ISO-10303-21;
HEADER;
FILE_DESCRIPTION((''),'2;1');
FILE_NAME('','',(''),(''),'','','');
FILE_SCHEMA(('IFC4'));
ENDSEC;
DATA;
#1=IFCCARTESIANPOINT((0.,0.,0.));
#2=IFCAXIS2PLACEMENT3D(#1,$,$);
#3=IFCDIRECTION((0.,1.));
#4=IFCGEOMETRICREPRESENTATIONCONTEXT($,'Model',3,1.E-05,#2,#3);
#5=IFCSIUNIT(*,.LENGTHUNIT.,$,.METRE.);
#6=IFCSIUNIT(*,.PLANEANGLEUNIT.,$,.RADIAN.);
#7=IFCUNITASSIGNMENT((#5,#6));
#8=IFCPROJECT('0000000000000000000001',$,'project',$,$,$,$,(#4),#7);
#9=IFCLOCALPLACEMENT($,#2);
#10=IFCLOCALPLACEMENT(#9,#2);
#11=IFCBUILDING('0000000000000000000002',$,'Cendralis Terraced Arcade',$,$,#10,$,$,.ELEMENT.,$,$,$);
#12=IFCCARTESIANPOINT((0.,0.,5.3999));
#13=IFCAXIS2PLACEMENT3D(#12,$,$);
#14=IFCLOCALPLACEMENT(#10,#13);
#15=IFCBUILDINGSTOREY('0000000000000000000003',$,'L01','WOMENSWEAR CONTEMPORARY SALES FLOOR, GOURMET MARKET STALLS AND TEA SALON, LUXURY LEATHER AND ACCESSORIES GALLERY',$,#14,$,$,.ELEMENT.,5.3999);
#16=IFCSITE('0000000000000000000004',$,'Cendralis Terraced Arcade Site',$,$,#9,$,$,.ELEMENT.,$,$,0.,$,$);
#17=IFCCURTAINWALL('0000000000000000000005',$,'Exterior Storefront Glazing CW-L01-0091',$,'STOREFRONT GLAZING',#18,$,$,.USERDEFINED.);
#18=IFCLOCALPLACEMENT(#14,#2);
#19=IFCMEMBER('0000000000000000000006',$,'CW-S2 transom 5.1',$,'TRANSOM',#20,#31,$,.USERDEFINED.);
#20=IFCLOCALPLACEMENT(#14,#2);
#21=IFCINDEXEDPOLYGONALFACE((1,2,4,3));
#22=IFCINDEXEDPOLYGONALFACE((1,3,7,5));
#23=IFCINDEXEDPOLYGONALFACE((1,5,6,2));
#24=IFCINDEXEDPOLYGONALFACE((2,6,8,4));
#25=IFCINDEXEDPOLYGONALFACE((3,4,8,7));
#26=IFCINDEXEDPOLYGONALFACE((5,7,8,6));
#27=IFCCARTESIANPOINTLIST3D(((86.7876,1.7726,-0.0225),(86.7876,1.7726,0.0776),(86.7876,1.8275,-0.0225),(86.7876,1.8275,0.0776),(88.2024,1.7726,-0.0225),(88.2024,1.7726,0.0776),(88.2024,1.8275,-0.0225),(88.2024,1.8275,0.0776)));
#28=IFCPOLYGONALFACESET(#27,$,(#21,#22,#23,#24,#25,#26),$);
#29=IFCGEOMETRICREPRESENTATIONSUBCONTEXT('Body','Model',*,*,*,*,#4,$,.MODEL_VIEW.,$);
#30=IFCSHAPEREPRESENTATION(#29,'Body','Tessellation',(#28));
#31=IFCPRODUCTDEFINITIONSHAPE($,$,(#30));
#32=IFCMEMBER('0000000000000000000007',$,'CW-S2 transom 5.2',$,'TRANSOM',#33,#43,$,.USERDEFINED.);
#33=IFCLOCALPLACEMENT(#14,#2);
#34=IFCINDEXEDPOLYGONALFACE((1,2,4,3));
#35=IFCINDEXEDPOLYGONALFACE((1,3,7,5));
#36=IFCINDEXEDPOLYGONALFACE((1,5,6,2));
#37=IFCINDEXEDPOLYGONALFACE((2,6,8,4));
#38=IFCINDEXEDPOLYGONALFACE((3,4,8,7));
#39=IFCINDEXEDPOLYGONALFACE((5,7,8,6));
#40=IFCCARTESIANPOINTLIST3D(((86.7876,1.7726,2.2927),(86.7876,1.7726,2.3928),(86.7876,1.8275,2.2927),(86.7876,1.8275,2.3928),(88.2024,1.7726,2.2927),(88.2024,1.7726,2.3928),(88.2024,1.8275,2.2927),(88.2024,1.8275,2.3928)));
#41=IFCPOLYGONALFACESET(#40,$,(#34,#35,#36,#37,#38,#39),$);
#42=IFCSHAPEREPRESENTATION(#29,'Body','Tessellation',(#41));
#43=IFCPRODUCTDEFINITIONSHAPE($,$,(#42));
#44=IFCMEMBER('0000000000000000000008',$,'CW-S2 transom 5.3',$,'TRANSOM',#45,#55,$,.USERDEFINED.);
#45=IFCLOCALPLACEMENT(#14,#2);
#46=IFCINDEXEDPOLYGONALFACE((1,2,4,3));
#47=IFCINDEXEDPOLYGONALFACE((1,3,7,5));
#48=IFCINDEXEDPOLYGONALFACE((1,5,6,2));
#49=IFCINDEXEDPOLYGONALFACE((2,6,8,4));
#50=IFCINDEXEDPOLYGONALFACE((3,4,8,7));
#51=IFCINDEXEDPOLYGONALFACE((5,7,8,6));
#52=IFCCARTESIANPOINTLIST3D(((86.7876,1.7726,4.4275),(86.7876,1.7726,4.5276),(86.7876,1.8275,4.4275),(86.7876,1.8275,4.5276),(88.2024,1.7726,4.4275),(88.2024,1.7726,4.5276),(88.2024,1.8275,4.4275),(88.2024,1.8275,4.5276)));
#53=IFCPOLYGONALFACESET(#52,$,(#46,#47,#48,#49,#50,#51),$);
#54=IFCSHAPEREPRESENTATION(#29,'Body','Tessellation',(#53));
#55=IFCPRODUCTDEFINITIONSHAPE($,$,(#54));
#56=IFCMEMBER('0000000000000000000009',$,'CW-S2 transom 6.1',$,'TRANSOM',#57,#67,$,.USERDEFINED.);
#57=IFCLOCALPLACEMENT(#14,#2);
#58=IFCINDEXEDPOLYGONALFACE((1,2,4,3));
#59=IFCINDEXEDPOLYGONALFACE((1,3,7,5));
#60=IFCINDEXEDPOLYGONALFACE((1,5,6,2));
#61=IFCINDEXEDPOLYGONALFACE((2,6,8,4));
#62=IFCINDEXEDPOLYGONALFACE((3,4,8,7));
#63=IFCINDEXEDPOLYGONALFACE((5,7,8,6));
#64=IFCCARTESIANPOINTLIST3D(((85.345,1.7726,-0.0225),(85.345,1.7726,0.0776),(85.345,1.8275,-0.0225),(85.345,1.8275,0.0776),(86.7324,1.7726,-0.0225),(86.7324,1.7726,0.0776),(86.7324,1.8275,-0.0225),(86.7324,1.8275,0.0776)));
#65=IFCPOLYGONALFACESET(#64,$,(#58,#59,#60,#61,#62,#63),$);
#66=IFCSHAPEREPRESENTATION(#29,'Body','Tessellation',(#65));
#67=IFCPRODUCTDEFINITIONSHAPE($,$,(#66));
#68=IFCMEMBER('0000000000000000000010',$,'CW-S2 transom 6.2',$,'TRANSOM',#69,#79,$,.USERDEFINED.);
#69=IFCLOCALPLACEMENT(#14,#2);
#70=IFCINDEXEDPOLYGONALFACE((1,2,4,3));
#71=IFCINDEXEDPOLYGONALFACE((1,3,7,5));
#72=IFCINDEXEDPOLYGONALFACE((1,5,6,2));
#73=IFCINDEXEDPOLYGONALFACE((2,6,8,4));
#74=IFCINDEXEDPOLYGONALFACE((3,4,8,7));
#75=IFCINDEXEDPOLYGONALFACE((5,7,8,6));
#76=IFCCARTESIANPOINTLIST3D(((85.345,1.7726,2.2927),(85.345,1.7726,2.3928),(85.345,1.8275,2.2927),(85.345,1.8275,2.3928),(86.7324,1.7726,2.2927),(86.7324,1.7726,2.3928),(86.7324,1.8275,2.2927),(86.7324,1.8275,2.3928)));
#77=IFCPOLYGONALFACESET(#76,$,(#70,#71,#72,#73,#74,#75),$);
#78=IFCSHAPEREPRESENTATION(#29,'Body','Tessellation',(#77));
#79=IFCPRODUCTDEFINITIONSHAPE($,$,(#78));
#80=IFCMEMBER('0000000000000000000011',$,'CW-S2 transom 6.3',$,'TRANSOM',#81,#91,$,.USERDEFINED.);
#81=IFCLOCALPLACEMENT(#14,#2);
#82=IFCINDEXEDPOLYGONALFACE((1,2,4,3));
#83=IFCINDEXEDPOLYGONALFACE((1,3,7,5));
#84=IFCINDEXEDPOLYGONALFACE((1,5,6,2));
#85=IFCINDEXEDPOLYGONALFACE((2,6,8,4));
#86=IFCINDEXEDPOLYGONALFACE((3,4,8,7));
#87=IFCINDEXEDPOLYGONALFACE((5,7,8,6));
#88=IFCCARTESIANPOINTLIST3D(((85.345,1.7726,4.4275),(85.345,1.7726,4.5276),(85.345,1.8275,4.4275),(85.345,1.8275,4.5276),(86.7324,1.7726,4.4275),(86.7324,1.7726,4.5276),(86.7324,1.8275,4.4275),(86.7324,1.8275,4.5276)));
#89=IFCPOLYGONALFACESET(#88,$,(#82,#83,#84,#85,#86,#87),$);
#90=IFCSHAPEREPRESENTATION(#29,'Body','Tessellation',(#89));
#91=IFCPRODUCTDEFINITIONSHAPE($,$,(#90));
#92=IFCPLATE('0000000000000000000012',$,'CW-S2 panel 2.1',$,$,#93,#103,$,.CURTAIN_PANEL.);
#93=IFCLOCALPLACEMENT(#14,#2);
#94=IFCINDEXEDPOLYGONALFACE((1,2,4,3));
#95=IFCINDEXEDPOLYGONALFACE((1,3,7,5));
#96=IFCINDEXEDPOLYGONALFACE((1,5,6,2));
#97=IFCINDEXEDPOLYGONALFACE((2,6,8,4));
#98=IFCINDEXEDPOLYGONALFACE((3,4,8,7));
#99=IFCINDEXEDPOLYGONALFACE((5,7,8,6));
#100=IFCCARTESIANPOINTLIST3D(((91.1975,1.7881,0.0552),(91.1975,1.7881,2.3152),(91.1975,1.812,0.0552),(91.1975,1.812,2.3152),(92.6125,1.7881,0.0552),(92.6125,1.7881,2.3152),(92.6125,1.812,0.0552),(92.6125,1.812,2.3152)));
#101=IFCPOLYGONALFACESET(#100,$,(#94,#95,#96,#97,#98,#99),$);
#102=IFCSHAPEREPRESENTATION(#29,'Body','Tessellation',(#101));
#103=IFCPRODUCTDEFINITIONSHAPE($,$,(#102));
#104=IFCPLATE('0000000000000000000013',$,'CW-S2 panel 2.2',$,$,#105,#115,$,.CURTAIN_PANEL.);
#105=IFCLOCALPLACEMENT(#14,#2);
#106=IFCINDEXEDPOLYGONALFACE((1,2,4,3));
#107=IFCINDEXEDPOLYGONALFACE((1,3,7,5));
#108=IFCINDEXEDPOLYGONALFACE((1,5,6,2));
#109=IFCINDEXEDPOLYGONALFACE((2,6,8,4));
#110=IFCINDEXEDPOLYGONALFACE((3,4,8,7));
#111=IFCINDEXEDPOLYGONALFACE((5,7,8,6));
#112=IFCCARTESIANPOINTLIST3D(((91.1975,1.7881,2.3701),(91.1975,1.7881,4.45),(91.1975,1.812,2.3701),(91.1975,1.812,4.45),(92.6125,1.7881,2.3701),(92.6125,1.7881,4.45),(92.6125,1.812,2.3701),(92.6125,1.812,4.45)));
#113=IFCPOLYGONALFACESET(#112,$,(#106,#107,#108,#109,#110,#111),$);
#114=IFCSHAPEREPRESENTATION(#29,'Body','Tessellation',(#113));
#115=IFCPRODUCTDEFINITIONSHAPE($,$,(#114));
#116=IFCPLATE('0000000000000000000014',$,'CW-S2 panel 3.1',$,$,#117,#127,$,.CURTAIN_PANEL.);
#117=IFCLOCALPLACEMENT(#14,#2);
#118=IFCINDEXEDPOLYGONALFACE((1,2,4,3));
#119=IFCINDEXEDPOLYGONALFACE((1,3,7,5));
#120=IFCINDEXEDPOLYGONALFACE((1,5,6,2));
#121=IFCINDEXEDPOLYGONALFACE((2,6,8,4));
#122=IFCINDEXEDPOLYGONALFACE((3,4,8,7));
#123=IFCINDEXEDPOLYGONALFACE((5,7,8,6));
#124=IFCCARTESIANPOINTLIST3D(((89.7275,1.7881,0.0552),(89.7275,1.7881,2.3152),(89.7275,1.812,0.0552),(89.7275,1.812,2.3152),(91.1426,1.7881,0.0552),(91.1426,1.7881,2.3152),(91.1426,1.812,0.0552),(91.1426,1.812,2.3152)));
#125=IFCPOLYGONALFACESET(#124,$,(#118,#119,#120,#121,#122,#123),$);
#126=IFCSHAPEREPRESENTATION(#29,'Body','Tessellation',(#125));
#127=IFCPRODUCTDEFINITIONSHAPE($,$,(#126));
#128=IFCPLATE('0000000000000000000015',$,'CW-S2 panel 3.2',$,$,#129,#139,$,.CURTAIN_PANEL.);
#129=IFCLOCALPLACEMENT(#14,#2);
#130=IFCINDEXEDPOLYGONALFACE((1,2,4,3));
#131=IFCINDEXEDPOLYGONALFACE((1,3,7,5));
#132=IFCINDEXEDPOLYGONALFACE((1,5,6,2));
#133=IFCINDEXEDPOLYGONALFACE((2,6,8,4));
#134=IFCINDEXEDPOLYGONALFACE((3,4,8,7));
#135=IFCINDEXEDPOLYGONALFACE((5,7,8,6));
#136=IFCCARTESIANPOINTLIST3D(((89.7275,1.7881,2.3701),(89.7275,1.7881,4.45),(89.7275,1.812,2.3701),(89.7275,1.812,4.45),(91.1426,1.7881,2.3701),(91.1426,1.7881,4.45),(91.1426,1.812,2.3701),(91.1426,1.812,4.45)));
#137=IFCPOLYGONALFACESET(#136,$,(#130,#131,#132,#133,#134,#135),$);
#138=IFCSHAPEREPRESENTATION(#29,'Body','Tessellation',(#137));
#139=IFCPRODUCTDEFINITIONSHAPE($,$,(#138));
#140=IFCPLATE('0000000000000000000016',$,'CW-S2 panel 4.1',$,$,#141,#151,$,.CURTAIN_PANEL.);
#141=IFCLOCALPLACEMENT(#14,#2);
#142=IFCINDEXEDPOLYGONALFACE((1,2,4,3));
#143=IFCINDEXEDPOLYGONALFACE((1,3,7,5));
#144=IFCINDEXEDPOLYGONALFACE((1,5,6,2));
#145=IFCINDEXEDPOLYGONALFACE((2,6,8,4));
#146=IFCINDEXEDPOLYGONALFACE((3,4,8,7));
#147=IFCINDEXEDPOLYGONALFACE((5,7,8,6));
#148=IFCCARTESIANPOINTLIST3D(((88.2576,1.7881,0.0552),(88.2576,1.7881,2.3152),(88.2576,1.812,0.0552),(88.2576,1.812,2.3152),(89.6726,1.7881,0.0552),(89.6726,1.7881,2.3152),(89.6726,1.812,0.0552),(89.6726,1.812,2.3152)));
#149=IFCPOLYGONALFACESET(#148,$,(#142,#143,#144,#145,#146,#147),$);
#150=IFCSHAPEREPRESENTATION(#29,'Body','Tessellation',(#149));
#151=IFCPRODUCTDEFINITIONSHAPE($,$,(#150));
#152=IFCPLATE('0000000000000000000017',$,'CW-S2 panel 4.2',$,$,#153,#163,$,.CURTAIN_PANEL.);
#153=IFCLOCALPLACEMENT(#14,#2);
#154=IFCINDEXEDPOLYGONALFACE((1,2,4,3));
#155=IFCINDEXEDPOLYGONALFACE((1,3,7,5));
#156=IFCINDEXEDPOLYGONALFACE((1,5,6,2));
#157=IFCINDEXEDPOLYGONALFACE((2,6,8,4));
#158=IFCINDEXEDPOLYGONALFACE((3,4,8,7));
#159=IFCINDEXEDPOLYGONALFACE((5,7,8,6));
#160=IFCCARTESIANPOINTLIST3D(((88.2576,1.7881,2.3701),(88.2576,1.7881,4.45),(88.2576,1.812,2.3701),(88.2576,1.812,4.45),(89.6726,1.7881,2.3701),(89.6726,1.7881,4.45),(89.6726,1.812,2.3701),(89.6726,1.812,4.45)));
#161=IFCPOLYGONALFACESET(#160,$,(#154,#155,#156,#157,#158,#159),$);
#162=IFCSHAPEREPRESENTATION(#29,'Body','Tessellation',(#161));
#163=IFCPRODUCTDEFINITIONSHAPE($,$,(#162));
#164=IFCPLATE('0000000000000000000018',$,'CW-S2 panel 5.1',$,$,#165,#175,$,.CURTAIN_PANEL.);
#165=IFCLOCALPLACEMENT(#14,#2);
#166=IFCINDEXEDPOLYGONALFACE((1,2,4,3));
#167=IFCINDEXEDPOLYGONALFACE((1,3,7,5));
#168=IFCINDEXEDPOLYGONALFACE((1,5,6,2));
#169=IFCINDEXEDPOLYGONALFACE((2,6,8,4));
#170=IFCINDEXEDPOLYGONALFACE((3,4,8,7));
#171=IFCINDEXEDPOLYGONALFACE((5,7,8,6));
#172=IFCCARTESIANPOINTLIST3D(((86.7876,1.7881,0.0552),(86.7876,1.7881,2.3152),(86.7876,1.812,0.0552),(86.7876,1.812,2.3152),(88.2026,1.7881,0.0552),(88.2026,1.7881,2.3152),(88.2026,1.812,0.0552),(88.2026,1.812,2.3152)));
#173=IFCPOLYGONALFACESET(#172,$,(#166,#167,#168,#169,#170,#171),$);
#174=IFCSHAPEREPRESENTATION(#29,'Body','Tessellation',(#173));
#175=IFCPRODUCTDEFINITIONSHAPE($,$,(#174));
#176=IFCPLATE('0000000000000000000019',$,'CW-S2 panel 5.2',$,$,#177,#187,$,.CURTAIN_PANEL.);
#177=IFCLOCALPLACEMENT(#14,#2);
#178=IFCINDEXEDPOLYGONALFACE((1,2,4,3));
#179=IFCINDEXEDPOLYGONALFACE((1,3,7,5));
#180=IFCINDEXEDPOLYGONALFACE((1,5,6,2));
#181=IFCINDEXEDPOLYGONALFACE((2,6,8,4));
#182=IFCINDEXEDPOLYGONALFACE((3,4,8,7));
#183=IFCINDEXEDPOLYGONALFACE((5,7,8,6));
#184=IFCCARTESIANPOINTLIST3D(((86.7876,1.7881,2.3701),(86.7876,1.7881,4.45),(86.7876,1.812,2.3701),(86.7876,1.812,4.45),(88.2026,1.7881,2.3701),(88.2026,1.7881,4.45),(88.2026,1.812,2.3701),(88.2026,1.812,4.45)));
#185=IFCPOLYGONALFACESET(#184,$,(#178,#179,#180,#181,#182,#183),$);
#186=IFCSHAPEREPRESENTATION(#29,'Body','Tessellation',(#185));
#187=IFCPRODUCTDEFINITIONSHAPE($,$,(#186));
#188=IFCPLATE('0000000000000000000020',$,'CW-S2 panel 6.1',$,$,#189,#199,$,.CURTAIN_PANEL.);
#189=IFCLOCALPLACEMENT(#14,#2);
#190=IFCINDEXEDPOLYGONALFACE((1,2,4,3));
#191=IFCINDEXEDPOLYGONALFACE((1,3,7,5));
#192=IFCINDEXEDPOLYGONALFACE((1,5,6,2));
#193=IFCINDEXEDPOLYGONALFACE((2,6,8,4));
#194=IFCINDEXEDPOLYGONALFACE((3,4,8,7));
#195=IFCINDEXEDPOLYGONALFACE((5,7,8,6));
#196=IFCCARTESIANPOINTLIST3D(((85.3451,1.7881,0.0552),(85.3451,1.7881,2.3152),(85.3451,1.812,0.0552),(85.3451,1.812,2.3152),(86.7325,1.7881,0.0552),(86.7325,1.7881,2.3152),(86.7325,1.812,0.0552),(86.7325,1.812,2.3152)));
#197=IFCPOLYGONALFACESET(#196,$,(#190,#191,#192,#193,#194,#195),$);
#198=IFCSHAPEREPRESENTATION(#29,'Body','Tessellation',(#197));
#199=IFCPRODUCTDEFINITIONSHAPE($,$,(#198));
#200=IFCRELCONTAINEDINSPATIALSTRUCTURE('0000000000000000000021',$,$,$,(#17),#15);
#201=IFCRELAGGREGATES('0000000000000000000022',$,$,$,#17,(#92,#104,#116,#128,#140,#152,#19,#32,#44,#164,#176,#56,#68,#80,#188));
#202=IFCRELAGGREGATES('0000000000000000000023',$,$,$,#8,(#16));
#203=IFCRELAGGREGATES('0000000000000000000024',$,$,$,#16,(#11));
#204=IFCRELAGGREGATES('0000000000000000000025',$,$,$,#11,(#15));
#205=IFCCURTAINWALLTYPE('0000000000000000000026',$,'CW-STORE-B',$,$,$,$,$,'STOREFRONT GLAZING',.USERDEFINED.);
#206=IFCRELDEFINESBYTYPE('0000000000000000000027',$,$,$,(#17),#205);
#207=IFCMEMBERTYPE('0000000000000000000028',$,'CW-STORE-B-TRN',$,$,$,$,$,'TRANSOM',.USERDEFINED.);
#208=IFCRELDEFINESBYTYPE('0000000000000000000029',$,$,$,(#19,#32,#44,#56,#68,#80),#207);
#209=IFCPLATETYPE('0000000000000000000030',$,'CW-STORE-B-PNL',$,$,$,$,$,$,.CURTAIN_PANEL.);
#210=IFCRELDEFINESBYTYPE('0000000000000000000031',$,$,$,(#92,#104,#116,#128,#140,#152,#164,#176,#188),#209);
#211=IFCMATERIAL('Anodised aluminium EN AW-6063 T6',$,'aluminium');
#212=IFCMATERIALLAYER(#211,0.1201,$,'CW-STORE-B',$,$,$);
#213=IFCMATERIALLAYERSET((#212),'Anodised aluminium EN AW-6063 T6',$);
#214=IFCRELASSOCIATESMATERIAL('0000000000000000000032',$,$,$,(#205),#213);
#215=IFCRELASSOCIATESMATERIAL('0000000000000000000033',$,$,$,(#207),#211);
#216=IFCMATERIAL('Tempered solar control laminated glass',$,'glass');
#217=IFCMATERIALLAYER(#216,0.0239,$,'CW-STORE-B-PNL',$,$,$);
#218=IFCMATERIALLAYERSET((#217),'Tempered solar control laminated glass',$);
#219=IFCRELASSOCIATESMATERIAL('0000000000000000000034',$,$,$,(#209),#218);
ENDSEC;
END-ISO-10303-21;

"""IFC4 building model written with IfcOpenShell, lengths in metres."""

from ifc_helpers import new_model, si_unit, direction, frame, origin, origin_2d, place, context, subcontext, project, spatial, rectangle, extrude, material, layer, layer_set, material_profile, profile_set, type_object, element, aggregate, save


model = new_model("IFC4")

# Units and contexts
model_context = context("Model", 3, precision=1e-05, world=origin(), true_north=direction((0.0, 1.0)))
body_context = subcontext(model_context, "Body", "Model", "MODEL_VIEW")
ifc_project = project(units=[si_unit("LENGTHUNIT", "METRE"), si_unit("PLANEANGLEUNIT", "RADIAN")], contexts=[model_context])

# Site, building, storey
site_placement = place(None, origin())
site = spatial("IfcSite", under=ifc_project, at=site_placement, Name="Cendralis Terraced Arcade Site", CompositionType="ELEMENT", RefElevation=0.0)
building_placement = place(site_placement, origin())
building = spatial("IfcBuilding", under=site, at=building_placement, Name="Cendralis Terraced Arcade", CompositionType="ELEMENT")
storey_placement = place(building_placement, frame((0.0, 0.0, 5.3999)))
storey = spatial("IfcBuildingStorey", under=building, at=storey_placement, Name="L01", Description="WOMENSWEAR CONTEMPORARY SALES FLOOR, GOURMET MARKET STALLS AND TEA SALON, LUXURY LEATHER AND ACCESSORIES GALLERY", CompositionType="ELEMENT", Elevation=5.3999)

# Curtain wall, members, plates
ifc_material_1 = material(Name="Anodised aluminium EN AW-6063 T6", Category="aluminium")
ifc_layer_1 = layer(ifc_material_1, 0.1201, Name="CW-STORE-B")
ifc_layer_set_1 = layer_set([ifc_layer_1], Name="Anodised aluminium EN AW-6063 T6")
curtain_wall_type = type_object("IfcCurtainWallType", Name="CW-STORE-B", ElementType="STOREFRONT GLAZING", PredefinedType="USERDEFINED", material=ifc_layer_set_1)
curtain_wall_placement = place(storey_placement, origin())
curtain_wall = element("IfcCurtainWall", 1, at=curtain_wall_placement, inside=storey, type_object=curtain_wall_type, Name="Exterior Storefront Glazing CW-L01-0091", ObjectType="STOREFRONT GLAZING", PredefinedType="USERDEFINED")
ifc_material_profile_1 = material_profile(ifc_material_1, rectangle(XDim=0.0549, YDim=0.1001, at=origin_2d()), Name="ALU-TRN-55x100")
ifc_profile_set_1 = profile_set([ifc_material_profile_1], Name="Anodised aluminium EN AW-6063 T6")
member_type_1 = type_object("IfcMemberType", Name="CW-STORE-B-TRN", ElementType="TRANSOM", PredefinedType="USERDEFINED", material=ifc_profile_set_1)
member_1_placement = place(storey_placement, frame((88.2024, 1.8, 0.0276), z_axis=(-1.0, 0.0, 0.0), x_axis=(0.0, -1.0, 0.0)))
member_1 = element("IfcMember", 2, at=member_1_placement, type_object=member_type_1, Name="CW-S2 transom 5.1", ObjectType="TRANSOM", PredefinedType="USERDEFINED", context=body_context, shape_type="SweptSolid", body=[
    extrude(rectangle(XDim=0.0549, YDim=0.1001, at=origin_2d()), origin(), (0.0, 0.0, 1.0), 1.4148),
])
member_2_placement = place(storey_placement, frame((88.2024, 1.8, 2.3428), z_axis=(-1.0, 0.0, 0.0), x_axis=(0.0, -1.0, 0.0)))
member_2 = element("IfcMember", 3, at=member_2_placement, type_object=member_type_1, Name="CW-S2 transom 5.2", ObjectType="TRANSOM", PredefinedType="USERDEFINED", context=body_context, shape_type="SweptSolid", body=[
    extrude(rectangle(XDim=0.0549, YDim=0.1001, at=origin_2d()), origin(), (0.0, 0.0, 1.0), 1.4148),
])
member_3_placement = place(storey_placement, frame((88.2024, 1.8, 4.4775), z_axis=(-1.0, 0.0, 0.0), x_axis=(0.0, -1.0, 0.0)))
member_3 = element("IfcMember", 4, at=member_3_placement, type_object=member_type_1, Name="CW-S2 transom 5.3", ObjectType="TRANSOM", PredefinedType="USERDEFINED", context=body_context, shape_type="SweptSolid", body=[
    extrude(rectangle(XDim=0.0549, YDim=0.1001, at=origin_2d()), origin(), (0.0, 0.0, 1.0), 1.4148),
])
member_4_placement = place(storey_placement, frame((86.7324, 1.8, 0.0276), z_axis=(-1.0, 0.0, 0.0), x_axis=(0.0, -1.0, 0.0)))
member_4 = element("IfcMember", 5, at=member_4_placement, type_object=member_type_1, Name="CW-S2 transom 6.1", ObjectType="TRANSOM", PredefinedType="USERDEFINED", context=body_context, shape_type="SweptSolid", body=[
    extrude(rectangle(XDim=0.0549, YDim=0.1001, at=origin_2d()), origin(), (0.0, 0.0, 1.0), 1.3875),
])
member_5_placement = place(storey_placement, frame((86.7324, 1.8, 2.3428), z_axis=(-1.0, 0.0, 0.0), x_axis=(0.0, -1.0, 0.0)))
member_5 = element("IfcMember", 6, at=member_5_placement, type_object=member_type_1, Name="CW-S2 transom 6.2", ObjectType="TRANSOM", PredefinedType="USERDEFINED", context=body_context, shape_type="SweptSolid", body=[
    extrude(rectangle(XDim=0.0549, YDim=0.1001, at=origin_2d()), origin(), (0.0, 0.0, 1.0), 1.3875),
])
member_6_placement = place(storey_placement, frame((86.7324, 1.8, 4.4775), z_axis=(-1.0, 0.0, 0.0), x_axis=(0.0, -1.0, 0.0)))
member_6 = element("IfcMember", 7, at=member_6_placement, type_object=member_type_1, Name="CW-S2 transom 6.3", ObjectType="TRANSOM", PredefinedType="USERDEFINED", context=body_context, shape_type="SweptSolid", body=[
    extrude(rectangle(XDim=0.0549, YDim=0.1001, at=origin_2d()), origin(), (0.0, 0.0, 1.0), 1.3875),
])
ifc_material_2 = material(Name="Tempered solar control laminated glass", Category="glass")
ifc_layer_2 = layer(ifc_material_2, 0.0239, Name="CW-STORE-B-PNL")
ifc_layer_set_2 = layer_set([ifc_layer_2], Name="Tempered solar control laminated glass")
plate_type = type_object("IfcPlateType", Name="CW-STORE-B-PNL", PredefinedType="CURTAIN_PANEL", material=ifc_layer_set_2)
plate_1_placement = place(storey_placement, frame((91.905, 1.8, 0.0552), z_axis=(0.0, 0.0, 1.0), x_axis=(-1.0, 0.0, 0.0)))
plate_1 = element("IfcPlate", 8, at=plate_1_placement, type_object=plate_type, Name="CW-S2 panel 2.1", PredefinedType="CURTAIN_PANEL", context=body_context, shape_type="SweptSolid", body=[
    extrude(rectangle(XDim=1.415, YDim=0.0239, at=origin_2d()), origin(), (0.0, 0.0, 1.0), 2.26),
])
plate_2_placement = place(storey_placement, frame((91.905, 1.8, 2.3701), z_axis=(0.0, 0.0, 1.0), x_axis=(-1.0, 0.0, 0.0)))
plate_2 = element("IfcPlate", 9, at=plate_2_placement, type_object=plate_type, Name="CW-S2 panel 2.2", PredefinedType="CURTAIN_PANEL", context=body_context, shape_type="SweptSolid", body=[
    extrude(rectangle(XDim=1.415, YDim=0.0239, at=origin_2d()), origin(), (0.0, 0.0, 1.0), 2.0798),
])
plate_3_placement = place(storey_placement, frame((90.4351, 1.8, 0.0552), z_axis=(0.0, 0.0, 1.0), x_axis=(-1.0, 0.0, 0.0)))
plate_3 = element("IfcPlate", 10, at=plate_3_placement, type_object=plate_type, Name="CW-S2 panel 3.1", PredefinedType="CURTAIN_PANEL", context=body_context, shape_type="SweptSolid", body=[
    extrude(rectangle(XDim=1.415, YDim=0.0239, at=origin_2d()), origin(), (0.0, 0.0, 1.0), 2.26),
])
plate_4_placement = place(storey_placement, frame((90.4351, 1.8, 2.3701), z_axis=(0.0, 0.0, 1.0), x_axis=(-1.0, 0.0, 0.0)))
plate_4 = element("IfcPlate", 11, at=plate_4_placement, type_object=plate_type, Name="CW-S2 panel 3.2", PredefinedType="CURTAIN_PANEL", context=body_context, shape_type="SweptSolid", body=[
    extrude(rectangle(XDim=1.415, YDim=0.0239, at=origin_2d()), origin(), (0.0, 0.0, 1.0), 2.0798),
])
plate_5_placement = place(storey_placement, frame((88.9651, 1.8, 0.0552), z_axis=(0.0, 0.0, 1.0), x_axis=(-1.0, 0.0, 0.0)))
plate_5 = element("IfcPlate", 12, at=plate_5_placement, type_object=plate_type, Name="CW-S2 panel 4.1", PredefinedType="CURTAIN_PANEL", context=body_context, shape_type="SweptSolid", body=[
    extrude(rectangle(XDim=1.415, YDim=0.0239, at=origin_2d()), origin(), (0.0, 0.0, 1.0), 2.26),
])
plate_6_placement = place(storey_placement, frame((88.9651, 1.8, 2.3701), z_axis=(0.0, 0.0, 1.0), x_axis=(-1.0, 0.0, 0.0)))
plate_6 = element("IfcPlate", 13, at=plate_6_placement, type_object=plate_type, Name="CW-S2 panel 4.2", PredefinedType="CURTAIN_PANEL", context=body_context, shape_type="SweptSolid", body=[
    extrude(rectangle(XDim=1.415, YDim=0.0239, at=origin_2d()), origin(), (0.0, 0.0, 1.0), 2.0798),
])
plate_7_placement = place(storey_placement, frame((87.4951, 1.8, 0.0552), z_axis=(0.0, 0.0, 1.0), x_axis=(-1.0, 0.0, 0.0)))
plate_7 = element("IfcPlate", 14, at=plate_7_placement, type_object=plate_type, Name="CW-S2 panel 5.1", PredefinedType="CURTAIN_PANEL", context=body_context, shape_type="SweptSolid", body=[
    extrude(rectangle(XDim=1.415, YDim=0.0239, at=origin_2d()), origin(), (0.0, 0.0, 1.0), 2.26),
])
plate_8_placement = place(storey_placement, frame((87.4951, 1.8, 2.3701), z_axis=(0.0, 0.0, 1.0), x_axis=(-1.0, 0.0, 0.0)))
plate_8 = element("IfcPlate", 15, at=plate_8_placement, type_object=plate_type, Name="CW-S2 panel 5.2", PredefinedType="CURTAIN_PANEL", context=body_context, shape_type="SweptSolid", body=[
    extrude(rectangle(XDim=1.415, YDim=0.0239, at=origin_2d()), origin(), (0.0, 0.0, 1.0), 2.0798),
])
plate_9_placement = place(storey_placement, frame((86.0388, 1.8, 0.0552), z_axis=(0.0, 0.0, 1.0), x_axis=(-1.0, 0.0, 0.0)))
plate_9 = element("IfcPlate", 16, at=plate_9_placement, type_object=plate_type, Name="CW-S2 panel 6.1", PredefinedType="CURTAIN_PANEL", context=body_context, shape_type="SweptSolid", body=[
    extrude(rectangle(XDim=1.3875, YDim=0.0239, at=origin_2d()), origin(), (0.0, 0.0, 1.0), 2.26),
])
aggregate(curtain_wall, [plate_1, plate_2, plate_3, plate_4, plate_5, plate_6, member_1, member_2, member_3, plate_7, plate_8, member_4, member_5, member_6, plate_9])

save(model, "model.ifc")
